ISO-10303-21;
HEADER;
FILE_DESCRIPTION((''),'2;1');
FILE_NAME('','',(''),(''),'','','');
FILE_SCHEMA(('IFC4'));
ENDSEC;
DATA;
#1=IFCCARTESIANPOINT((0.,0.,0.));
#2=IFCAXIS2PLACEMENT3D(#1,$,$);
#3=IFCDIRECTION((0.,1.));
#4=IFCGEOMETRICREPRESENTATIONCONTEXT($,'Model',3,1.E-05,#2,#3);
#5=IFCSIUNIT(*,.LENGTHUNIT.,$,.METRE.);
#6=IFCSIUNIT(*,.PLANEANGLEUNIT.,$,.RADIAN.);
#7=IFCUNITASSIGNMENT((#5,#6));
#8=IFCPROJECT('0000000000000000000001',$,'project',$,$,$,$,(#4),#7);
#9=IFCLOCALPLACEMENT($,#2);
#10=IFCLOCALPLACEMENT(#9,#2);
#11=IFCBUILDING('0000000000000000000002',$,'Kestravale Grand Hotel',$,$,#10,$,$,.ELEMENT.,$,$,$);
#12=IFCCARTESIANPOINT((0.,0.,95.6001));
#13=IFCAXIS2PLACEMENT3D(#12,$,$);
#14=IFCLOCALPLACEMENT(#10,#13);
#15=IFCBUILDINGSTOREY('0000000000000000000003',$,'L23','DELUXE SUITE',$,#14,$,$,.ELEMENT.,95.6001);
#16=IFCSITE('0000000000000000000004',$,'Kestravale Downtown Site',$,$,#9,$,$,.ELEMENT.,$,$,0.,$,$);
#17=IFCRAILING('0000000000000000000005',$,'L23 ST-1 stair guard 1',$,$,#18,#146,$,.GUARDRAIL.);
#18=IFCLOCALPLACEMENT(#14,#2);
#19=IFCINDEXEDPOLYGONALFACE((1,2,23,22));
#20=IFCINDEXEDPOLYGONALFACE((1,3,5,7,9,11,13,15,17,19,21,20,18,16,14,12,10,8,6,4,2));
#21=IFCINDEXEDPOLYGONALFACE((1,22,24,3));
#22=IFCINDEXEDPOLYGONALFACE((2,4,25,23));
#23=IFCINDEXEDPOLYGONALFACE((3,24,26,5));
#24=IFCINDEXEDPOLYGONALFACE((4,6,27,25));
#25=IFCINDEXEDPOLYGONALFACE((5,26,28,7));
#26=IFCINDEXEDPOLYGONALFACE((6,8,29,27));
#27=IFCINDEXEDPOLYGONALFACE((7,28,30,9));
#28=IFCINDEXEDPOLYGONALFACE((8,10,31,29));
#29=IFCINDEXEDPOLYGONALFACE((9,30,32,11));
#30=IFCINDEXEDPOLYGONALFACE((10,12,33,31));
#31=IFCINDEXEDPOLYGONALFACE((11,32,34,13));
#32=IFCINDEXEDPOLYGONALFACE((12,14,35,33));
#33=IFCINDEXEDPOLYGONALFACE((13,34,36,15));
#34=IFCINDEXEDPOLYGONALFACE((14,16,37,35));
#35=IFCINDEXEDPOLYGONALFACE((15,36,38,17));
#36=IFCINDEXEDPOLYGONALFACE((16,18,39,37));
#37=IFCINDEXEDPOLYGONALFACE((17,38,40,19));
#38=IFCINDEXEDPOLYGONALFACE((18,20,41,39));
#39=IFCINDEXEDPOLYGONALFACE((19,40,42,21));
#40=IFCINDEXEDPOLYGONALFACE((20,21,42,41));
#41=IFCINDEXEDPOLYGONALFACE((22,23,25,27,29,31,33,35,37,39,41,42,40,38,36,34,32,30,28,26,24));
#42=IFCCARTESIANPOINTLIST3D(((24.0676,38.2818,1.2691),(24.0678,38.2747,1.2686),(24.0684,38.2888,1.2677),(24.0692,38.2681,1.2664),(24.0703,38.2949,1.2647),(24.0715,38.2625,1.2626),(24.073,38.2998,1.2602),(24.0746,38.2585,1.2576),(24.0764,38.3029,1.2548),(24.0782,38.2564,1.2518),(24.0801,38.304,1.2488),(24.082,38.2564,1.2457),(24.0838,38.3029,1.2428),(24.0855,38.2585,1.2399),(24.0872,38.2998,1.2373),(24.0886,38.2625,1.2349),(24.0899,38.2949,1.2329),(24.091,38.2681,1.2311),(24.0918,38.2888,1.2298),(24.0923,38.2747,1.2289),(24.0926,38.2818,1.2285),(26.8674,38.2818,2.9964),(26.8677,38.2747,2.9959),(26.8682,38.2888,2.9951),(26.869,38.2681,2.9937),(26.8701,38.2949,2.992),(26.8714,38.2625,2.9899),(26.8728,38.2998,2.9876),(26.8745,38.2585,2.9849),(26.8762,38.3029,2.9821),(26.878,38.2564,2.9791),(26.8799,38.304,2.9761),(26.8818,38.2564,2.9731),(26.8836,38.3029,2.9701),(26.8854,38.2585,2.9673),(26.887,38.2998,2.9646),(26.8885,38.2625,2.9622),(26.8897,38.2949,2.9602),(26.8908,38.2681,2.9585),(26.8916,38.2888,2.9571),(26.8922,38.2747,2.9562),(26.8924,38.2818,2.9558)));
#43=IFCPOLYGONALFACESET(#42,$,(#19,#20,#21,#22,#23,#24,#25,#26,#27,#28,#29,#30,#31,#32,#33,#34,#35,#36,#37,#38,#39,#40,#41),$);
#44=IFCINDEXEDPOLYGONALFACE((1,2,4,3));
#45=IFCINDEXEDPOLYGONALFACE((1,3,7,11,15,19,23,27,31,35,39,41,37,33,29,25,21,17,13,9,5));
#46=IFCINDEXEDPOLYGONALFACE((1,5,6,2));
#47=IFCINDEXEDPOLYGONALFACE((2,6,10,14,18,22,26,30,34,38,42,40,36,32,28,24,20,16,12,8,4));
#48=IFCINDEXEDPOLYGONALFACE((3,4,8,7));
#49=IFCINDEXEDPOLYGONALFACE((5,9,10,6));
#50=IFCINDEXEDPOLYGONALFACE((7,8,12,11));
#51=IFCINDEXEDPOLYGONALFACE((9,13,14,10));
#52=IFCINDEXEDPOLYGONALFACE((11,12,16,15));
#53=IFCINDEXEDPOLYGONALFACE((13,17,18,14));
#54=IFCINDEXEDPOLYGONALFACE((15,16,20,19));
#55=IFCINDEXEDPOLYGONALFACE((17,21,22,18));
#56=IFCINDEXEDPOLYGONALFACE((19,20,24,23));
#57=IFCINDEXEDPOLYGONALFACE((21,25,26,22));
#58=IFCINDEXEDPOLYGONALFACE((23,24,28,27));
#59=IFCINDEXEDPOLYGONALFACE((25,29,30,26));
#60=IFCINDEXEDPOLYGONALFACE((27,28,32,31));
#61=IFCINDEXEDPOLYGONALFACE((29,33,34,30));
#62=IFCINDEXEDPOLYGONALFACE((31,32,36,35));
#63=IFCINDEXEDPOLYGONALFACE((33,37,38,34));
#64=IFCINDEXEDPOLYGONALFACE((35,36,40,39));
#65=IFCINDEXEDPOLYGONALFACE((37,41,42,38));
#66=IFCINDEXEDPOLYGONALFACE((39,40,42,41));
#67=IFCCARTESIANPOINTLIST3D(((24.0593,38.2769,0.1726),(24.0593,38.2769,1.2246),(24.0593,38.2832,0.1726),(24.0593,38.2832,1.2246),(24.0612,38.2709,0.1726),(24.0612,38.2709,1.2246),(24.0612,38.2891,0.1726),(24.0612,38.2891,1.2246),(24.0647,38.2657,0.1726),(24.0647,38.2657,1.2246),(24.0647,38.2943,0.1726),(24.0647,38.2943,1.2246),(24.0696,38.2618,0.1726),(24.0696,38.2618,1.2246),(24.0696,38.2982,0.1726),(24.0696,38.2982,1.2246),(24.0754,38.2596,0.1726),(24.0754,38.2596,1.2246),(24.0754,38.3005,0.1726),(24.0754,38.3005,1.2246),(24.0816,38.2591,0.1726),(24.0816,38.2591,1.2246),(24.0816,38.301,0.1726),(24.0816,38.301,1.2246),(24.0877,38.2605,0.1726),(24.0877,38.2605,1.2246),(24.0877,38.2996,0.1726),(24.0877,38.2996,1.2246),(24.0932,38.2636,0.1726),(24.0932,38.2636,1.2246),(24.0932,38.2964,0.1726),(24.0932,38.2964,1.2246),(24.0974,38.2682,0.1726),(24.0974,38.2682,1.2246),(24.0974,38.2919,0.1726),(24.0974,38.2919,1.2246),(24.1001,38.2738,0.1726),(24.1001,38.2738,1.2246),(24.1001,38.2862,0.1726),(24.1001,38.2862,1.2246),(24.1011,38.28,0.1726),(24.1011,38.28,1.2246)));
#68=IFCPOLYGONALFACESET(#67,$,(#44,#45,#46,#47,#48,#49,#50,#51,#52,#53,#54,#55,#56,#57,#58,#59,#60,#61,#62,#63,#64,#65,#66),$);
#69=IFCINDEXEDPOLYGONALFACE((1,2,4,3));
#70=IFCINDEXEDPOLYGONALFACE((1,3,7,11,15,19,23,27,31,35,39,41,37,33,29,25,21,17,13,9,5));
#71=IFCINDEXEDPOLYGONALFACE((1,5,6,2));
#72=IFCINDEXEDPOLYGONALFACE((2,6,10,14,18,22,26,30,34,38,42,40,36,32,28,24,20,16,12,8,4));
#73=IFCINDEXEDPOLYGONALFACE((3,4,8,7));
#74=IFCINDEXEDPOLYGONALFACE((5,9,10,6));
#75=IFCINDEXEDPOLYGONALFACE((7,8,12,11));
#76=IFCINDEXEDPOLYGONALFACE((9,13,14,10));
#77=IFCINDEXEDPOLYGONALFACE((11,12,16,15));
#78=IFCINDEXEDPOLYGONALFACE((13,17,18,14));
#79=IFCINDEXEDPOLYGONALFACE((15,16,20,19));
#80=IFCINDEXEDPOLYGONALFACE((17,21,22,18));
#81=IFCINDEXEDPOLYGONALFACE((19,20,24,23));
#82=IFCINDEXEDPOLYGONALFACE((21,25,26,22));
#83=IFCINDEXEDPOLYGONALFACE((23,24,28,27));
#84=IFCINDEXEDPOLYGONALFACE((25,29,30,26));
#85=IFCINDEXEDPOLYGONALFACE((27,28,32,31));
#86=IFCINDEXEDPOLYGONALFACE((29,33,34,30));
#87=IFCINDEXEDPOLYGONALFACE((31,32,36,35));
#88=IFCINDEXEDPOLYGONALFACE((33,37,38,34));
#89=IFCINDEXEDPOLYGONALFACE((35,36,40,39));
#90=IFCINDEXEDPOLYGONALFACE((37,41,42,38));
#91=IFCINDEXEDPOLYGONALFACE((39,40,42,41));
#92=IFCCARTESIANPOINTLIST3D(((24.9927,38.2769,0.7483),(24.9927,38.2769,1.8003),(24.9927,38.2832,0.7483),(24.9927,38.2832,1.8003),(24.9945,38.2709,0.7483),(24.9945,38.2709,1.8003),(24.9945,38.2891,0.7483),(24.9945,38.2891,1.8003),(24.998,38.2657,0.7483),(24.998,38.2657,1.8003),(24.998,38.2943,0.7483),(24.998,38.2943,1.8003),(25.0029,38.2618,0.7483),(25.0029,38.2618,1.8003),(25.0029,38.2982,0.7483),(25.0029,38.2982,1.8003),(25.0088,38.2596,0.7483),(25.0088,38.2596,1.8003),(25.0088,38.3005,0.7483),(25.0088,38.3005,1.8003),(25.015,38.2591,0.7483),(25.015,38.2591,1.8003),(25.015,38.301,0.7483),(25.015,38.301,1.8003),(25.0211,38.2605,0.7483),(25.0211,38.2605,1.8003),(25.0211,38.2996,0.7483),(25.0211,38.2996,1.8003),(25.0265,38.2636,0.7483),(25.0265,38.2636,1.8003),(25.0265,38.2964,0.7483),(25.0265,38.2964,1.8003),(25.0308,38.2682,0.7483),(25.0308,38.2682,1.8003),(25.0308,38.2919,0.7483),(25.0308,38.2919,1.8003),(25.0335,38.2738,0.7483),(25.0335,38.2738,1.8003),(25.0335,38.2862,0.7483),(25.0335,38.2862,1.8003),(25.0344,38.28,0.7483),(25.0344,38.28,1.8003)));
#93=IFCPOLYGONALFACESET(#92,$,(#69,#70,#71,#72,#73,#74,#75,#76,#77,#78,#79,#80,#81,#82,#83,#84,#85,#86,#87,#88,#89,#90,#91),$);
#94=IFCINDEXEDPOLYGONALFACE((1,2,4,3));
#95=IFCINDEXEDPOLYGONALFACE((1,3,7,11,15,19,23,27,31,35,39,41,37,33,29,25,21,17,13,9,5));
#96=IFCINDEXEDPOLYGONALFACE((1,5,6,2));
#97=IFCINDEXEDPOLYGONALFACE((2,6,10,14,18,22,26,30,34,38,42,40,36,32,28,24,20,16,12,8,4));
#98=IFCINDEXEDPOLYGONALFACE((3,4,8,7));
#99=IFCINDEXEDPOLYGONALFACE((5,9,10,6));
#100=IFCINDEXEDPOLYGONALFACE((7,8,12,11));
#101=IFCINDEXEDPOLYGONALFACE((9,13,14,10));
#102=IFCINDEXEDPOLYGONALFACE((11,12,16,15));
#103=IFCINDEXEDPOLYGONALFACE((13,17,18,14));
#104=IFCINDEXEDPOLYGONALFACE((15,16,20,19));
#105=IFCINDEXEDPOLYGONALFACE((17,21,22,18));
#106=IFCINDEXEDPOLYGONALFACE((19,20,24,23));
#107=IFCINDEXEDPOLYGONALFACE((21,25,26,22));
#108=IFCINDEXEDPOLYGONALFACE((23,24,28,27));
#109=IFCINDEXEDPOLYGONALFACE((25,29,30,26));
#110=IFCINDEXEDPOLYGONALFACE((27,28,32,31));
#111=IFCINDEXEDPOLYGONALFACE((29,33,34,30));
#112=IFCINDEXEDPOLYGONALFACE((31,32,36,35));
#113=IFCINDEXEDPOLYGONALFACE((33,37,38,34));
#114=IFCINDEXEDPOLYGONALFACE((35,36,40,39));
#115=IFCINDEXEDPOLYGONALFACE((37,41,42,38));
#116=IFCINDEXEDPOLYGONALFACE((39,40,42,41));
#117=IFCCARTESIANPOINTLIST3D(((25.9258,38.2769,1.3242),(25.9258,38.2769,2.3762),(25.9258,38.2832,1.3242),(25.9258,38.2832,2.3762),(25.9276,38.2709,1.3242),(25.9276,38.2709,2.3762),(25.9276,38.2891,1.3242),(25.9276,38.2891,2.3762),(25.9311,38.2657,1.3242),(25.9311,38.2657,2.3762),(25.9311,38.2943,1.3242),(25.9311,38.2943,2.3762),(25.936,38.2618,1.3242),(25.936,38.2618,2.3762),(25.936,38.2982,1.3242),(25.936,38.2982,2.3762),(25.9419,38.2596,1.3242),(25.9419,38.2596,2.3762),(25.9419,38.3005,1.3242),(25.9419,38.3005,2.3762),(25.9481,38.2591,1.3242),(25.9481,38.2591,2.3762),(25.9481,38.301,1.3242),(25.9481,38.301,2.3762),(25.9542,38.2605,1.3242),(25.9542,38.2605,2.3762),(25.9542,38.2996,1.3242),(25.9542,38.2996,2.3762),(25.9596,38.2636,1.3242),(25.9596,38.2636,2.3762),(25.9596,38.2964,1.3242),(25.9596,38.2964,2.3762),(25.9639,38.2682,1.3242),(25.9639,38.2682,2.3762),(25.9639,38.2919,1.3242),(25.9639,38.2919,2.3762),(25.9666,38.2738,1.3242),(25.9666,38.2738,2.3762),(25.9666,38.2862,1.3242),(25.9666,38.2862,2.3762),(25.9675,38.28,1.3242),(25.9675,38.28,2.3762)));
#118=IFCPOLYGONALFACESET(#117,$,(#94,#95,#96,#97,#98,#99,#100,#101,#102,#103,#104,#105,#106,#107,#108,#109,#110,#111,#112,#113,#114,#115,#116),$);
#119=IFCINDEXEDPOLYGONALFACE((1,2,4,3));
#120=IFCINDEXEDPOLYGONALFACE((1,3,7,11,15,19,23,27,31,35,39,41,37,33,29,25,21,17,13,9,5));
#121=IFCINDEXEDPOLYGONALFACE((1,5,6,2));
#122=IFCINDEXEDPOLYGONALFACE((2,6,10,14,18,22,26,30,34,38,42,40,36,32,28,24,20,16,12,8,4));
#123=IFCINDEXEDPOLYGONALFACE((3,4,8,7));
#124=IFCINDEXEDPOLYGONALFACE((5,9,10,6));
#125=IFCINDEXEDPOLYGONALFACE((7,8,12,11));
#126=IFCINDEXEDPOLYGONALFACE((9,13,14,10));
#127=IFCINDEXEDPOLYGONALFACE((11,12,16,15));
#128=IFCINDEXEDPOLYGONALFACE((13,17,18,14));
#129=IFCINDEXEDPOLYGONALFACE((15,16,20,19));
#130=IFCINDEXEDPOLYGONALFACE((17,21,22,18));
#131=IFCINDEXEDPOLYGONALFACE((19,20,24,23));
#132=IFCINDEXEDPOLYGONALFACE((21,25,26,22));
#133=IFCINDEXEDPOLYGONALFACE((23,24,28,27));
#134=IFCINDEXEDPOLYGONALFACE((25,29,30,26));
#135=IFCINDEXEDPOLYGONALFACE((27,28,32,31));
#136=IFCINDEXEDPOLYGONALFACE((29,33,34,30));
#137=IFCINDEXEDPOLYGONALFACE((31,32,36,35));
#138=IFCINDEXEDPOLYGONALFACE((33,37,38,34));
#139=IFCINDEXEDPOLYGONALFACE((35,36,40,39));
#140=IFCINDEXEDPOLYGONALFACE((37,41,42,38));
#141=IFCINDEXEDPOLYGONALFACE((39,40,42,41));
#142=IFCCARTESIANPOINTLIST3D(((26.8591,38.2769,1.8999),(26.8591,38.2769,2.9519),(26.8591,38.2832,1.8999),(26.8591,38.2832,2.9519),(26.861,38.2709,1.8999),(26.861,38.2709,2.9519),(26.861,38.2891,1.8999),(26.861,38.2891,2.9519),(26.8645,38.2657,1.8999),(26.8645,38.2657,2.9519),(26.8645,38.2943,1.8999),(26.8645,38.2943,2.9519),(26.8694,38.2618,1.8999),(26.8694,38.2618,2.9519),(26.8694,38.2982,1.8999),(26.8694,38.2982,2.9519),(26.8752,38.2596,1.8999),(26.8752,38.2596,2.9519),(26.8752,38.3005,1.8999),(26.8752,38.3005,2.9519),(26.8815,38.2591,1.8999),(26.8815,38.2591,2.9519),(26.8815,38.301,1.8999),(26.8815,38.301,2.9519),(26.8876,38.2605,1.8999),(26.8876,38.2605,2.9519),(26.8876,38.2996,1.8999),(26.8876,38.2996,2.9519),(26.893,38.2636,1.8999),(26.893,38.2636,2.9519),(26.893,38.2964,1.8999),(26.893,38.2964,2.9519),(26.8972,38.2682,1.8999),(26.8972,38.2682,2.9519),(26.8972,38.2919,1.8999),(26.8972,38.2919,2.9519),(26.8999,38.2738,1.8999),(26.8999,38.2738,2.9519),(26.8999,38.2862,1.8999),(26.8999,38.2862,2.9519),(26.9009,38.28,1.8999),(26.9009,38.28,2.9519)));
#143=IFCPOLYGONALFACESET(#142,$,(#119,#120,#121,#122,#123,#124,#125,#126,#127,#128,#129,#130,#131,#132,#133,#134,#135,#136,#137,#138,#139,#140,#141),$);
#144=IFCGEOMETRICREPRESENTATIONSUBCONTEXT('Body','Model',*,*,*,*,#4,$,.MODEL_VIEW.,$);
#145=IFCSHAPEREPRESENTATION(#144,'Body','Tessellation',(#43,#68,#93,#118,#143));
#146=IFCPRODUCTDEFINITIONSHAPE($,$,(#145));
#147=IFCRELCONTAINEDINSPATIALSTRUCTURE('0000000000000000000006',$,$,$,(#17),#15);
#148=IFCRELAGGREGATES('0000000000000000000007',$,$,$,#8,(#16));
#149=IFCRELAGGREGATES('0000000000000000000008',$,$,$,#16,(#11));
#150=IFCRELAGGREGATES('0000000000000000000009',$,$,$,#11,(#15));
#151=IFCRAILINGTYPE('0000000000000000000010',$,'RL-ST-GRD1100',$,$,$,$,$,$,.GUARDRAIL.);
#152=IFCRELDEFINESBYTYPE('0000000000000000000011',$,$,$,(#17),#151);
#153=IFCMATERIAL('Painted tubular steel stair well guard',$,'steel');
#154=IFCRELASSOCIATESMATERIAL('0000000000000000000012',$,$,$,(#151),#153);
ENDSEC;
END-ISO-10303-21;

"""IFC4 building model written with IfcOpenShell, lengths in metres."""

from ifc_helpers import new_model, si_unit, direction, frame, origin, origin_2d, place, context, subcontext, project, spatial, circle, extrude, material, type_object, element, save


model = new_model("IFC4")

# Units and contexts
model_context = context("Model", 3, precision=1e-05, world=origin(), true_north=direction((0.0, 1.0)))
body_context = subcontext(model_context, "Body", "Model", "MODEL_VIEW")
ifc_project = project(units=[si_unit("LENGTHUNIT", "METRE"), si_unit("PLANEANGLEUNIT", "RADIAN")], contexts=[model_context])

# Site, building, storey
site_placement = place(None, origin())
site = spatial("IfcSite", under=ifc_project, at=site_placement, Name="Kestravale Downtown Site", CompositionType="ELEMENT", RefElevation=0.0)
building_placement = place(site_placement, origin())
building = spatial("IfcBuilding", under=site, at=building_placement, Name="Kestravale Grand Hotel", CompositionType="ELEMENT")
storey_placement = place(building_placement, frame((0.0, 0.0, 95.6001)))
storey = spatial("IfcBuildingStorey", under=building, at=storey_placement, Name="L23", Description="DELUXE SUITE", CompositionType="ELEMENT", Elevation=95.6001)

# Railing
ifc_material_1 = material(Name="Painted tubular steel stair well guard", Category="steel")
railing_type_1 = type_object("IfcRailingType", Name="RL-ST-GRD1100", PredefinedType="GUARDRAIL", material=ifc_material_1)
railing_1_placement = place(storey_placement, frame((24.0801, 38.28, 0.1726)))
element("IfcRailing", 1, at=railing_1_placement, inside=storey, type_object=railing_type_1, Name="L23 ST-1 stair guard 1", PredefinedType="GUARDRAIL", context=body_context, shape_type="SweptSolid", body=[
    extrude(circle(Radius=0.0239, at=origin_2d()), frame((0.0, 0.0, 1.0762), z_axis=(0.851069, 0.0, 0.525054), x_axis=(0.0, 1.0, 0.0)), (0.0, 0.0, 1.0), 3.2898),
    extrude(circle(Radius=0.021, at=origin_2d()), origin(), (0.0, 0.0, 1.0), 1.052),
    extrude(circle(Radius=0.021, at=origin_2d()), frame((0.9333, 0.0, 0.5757)), (0.0, 0.0, 1.0), 1.052),
    extrude(circle(Radius=0.021, at=origin_2d()), frame((1.8665, 0.0, 1.1516)), (0.0, 0.0, 1.0), 1.052),
    extrude(circle(Radius=0.021, at=origin_2d()), frame((2.7998, 0.0, 1.7273)), (0.0, 0.0, 1.0), 1.052),
])

save(model, "model.ifc")
